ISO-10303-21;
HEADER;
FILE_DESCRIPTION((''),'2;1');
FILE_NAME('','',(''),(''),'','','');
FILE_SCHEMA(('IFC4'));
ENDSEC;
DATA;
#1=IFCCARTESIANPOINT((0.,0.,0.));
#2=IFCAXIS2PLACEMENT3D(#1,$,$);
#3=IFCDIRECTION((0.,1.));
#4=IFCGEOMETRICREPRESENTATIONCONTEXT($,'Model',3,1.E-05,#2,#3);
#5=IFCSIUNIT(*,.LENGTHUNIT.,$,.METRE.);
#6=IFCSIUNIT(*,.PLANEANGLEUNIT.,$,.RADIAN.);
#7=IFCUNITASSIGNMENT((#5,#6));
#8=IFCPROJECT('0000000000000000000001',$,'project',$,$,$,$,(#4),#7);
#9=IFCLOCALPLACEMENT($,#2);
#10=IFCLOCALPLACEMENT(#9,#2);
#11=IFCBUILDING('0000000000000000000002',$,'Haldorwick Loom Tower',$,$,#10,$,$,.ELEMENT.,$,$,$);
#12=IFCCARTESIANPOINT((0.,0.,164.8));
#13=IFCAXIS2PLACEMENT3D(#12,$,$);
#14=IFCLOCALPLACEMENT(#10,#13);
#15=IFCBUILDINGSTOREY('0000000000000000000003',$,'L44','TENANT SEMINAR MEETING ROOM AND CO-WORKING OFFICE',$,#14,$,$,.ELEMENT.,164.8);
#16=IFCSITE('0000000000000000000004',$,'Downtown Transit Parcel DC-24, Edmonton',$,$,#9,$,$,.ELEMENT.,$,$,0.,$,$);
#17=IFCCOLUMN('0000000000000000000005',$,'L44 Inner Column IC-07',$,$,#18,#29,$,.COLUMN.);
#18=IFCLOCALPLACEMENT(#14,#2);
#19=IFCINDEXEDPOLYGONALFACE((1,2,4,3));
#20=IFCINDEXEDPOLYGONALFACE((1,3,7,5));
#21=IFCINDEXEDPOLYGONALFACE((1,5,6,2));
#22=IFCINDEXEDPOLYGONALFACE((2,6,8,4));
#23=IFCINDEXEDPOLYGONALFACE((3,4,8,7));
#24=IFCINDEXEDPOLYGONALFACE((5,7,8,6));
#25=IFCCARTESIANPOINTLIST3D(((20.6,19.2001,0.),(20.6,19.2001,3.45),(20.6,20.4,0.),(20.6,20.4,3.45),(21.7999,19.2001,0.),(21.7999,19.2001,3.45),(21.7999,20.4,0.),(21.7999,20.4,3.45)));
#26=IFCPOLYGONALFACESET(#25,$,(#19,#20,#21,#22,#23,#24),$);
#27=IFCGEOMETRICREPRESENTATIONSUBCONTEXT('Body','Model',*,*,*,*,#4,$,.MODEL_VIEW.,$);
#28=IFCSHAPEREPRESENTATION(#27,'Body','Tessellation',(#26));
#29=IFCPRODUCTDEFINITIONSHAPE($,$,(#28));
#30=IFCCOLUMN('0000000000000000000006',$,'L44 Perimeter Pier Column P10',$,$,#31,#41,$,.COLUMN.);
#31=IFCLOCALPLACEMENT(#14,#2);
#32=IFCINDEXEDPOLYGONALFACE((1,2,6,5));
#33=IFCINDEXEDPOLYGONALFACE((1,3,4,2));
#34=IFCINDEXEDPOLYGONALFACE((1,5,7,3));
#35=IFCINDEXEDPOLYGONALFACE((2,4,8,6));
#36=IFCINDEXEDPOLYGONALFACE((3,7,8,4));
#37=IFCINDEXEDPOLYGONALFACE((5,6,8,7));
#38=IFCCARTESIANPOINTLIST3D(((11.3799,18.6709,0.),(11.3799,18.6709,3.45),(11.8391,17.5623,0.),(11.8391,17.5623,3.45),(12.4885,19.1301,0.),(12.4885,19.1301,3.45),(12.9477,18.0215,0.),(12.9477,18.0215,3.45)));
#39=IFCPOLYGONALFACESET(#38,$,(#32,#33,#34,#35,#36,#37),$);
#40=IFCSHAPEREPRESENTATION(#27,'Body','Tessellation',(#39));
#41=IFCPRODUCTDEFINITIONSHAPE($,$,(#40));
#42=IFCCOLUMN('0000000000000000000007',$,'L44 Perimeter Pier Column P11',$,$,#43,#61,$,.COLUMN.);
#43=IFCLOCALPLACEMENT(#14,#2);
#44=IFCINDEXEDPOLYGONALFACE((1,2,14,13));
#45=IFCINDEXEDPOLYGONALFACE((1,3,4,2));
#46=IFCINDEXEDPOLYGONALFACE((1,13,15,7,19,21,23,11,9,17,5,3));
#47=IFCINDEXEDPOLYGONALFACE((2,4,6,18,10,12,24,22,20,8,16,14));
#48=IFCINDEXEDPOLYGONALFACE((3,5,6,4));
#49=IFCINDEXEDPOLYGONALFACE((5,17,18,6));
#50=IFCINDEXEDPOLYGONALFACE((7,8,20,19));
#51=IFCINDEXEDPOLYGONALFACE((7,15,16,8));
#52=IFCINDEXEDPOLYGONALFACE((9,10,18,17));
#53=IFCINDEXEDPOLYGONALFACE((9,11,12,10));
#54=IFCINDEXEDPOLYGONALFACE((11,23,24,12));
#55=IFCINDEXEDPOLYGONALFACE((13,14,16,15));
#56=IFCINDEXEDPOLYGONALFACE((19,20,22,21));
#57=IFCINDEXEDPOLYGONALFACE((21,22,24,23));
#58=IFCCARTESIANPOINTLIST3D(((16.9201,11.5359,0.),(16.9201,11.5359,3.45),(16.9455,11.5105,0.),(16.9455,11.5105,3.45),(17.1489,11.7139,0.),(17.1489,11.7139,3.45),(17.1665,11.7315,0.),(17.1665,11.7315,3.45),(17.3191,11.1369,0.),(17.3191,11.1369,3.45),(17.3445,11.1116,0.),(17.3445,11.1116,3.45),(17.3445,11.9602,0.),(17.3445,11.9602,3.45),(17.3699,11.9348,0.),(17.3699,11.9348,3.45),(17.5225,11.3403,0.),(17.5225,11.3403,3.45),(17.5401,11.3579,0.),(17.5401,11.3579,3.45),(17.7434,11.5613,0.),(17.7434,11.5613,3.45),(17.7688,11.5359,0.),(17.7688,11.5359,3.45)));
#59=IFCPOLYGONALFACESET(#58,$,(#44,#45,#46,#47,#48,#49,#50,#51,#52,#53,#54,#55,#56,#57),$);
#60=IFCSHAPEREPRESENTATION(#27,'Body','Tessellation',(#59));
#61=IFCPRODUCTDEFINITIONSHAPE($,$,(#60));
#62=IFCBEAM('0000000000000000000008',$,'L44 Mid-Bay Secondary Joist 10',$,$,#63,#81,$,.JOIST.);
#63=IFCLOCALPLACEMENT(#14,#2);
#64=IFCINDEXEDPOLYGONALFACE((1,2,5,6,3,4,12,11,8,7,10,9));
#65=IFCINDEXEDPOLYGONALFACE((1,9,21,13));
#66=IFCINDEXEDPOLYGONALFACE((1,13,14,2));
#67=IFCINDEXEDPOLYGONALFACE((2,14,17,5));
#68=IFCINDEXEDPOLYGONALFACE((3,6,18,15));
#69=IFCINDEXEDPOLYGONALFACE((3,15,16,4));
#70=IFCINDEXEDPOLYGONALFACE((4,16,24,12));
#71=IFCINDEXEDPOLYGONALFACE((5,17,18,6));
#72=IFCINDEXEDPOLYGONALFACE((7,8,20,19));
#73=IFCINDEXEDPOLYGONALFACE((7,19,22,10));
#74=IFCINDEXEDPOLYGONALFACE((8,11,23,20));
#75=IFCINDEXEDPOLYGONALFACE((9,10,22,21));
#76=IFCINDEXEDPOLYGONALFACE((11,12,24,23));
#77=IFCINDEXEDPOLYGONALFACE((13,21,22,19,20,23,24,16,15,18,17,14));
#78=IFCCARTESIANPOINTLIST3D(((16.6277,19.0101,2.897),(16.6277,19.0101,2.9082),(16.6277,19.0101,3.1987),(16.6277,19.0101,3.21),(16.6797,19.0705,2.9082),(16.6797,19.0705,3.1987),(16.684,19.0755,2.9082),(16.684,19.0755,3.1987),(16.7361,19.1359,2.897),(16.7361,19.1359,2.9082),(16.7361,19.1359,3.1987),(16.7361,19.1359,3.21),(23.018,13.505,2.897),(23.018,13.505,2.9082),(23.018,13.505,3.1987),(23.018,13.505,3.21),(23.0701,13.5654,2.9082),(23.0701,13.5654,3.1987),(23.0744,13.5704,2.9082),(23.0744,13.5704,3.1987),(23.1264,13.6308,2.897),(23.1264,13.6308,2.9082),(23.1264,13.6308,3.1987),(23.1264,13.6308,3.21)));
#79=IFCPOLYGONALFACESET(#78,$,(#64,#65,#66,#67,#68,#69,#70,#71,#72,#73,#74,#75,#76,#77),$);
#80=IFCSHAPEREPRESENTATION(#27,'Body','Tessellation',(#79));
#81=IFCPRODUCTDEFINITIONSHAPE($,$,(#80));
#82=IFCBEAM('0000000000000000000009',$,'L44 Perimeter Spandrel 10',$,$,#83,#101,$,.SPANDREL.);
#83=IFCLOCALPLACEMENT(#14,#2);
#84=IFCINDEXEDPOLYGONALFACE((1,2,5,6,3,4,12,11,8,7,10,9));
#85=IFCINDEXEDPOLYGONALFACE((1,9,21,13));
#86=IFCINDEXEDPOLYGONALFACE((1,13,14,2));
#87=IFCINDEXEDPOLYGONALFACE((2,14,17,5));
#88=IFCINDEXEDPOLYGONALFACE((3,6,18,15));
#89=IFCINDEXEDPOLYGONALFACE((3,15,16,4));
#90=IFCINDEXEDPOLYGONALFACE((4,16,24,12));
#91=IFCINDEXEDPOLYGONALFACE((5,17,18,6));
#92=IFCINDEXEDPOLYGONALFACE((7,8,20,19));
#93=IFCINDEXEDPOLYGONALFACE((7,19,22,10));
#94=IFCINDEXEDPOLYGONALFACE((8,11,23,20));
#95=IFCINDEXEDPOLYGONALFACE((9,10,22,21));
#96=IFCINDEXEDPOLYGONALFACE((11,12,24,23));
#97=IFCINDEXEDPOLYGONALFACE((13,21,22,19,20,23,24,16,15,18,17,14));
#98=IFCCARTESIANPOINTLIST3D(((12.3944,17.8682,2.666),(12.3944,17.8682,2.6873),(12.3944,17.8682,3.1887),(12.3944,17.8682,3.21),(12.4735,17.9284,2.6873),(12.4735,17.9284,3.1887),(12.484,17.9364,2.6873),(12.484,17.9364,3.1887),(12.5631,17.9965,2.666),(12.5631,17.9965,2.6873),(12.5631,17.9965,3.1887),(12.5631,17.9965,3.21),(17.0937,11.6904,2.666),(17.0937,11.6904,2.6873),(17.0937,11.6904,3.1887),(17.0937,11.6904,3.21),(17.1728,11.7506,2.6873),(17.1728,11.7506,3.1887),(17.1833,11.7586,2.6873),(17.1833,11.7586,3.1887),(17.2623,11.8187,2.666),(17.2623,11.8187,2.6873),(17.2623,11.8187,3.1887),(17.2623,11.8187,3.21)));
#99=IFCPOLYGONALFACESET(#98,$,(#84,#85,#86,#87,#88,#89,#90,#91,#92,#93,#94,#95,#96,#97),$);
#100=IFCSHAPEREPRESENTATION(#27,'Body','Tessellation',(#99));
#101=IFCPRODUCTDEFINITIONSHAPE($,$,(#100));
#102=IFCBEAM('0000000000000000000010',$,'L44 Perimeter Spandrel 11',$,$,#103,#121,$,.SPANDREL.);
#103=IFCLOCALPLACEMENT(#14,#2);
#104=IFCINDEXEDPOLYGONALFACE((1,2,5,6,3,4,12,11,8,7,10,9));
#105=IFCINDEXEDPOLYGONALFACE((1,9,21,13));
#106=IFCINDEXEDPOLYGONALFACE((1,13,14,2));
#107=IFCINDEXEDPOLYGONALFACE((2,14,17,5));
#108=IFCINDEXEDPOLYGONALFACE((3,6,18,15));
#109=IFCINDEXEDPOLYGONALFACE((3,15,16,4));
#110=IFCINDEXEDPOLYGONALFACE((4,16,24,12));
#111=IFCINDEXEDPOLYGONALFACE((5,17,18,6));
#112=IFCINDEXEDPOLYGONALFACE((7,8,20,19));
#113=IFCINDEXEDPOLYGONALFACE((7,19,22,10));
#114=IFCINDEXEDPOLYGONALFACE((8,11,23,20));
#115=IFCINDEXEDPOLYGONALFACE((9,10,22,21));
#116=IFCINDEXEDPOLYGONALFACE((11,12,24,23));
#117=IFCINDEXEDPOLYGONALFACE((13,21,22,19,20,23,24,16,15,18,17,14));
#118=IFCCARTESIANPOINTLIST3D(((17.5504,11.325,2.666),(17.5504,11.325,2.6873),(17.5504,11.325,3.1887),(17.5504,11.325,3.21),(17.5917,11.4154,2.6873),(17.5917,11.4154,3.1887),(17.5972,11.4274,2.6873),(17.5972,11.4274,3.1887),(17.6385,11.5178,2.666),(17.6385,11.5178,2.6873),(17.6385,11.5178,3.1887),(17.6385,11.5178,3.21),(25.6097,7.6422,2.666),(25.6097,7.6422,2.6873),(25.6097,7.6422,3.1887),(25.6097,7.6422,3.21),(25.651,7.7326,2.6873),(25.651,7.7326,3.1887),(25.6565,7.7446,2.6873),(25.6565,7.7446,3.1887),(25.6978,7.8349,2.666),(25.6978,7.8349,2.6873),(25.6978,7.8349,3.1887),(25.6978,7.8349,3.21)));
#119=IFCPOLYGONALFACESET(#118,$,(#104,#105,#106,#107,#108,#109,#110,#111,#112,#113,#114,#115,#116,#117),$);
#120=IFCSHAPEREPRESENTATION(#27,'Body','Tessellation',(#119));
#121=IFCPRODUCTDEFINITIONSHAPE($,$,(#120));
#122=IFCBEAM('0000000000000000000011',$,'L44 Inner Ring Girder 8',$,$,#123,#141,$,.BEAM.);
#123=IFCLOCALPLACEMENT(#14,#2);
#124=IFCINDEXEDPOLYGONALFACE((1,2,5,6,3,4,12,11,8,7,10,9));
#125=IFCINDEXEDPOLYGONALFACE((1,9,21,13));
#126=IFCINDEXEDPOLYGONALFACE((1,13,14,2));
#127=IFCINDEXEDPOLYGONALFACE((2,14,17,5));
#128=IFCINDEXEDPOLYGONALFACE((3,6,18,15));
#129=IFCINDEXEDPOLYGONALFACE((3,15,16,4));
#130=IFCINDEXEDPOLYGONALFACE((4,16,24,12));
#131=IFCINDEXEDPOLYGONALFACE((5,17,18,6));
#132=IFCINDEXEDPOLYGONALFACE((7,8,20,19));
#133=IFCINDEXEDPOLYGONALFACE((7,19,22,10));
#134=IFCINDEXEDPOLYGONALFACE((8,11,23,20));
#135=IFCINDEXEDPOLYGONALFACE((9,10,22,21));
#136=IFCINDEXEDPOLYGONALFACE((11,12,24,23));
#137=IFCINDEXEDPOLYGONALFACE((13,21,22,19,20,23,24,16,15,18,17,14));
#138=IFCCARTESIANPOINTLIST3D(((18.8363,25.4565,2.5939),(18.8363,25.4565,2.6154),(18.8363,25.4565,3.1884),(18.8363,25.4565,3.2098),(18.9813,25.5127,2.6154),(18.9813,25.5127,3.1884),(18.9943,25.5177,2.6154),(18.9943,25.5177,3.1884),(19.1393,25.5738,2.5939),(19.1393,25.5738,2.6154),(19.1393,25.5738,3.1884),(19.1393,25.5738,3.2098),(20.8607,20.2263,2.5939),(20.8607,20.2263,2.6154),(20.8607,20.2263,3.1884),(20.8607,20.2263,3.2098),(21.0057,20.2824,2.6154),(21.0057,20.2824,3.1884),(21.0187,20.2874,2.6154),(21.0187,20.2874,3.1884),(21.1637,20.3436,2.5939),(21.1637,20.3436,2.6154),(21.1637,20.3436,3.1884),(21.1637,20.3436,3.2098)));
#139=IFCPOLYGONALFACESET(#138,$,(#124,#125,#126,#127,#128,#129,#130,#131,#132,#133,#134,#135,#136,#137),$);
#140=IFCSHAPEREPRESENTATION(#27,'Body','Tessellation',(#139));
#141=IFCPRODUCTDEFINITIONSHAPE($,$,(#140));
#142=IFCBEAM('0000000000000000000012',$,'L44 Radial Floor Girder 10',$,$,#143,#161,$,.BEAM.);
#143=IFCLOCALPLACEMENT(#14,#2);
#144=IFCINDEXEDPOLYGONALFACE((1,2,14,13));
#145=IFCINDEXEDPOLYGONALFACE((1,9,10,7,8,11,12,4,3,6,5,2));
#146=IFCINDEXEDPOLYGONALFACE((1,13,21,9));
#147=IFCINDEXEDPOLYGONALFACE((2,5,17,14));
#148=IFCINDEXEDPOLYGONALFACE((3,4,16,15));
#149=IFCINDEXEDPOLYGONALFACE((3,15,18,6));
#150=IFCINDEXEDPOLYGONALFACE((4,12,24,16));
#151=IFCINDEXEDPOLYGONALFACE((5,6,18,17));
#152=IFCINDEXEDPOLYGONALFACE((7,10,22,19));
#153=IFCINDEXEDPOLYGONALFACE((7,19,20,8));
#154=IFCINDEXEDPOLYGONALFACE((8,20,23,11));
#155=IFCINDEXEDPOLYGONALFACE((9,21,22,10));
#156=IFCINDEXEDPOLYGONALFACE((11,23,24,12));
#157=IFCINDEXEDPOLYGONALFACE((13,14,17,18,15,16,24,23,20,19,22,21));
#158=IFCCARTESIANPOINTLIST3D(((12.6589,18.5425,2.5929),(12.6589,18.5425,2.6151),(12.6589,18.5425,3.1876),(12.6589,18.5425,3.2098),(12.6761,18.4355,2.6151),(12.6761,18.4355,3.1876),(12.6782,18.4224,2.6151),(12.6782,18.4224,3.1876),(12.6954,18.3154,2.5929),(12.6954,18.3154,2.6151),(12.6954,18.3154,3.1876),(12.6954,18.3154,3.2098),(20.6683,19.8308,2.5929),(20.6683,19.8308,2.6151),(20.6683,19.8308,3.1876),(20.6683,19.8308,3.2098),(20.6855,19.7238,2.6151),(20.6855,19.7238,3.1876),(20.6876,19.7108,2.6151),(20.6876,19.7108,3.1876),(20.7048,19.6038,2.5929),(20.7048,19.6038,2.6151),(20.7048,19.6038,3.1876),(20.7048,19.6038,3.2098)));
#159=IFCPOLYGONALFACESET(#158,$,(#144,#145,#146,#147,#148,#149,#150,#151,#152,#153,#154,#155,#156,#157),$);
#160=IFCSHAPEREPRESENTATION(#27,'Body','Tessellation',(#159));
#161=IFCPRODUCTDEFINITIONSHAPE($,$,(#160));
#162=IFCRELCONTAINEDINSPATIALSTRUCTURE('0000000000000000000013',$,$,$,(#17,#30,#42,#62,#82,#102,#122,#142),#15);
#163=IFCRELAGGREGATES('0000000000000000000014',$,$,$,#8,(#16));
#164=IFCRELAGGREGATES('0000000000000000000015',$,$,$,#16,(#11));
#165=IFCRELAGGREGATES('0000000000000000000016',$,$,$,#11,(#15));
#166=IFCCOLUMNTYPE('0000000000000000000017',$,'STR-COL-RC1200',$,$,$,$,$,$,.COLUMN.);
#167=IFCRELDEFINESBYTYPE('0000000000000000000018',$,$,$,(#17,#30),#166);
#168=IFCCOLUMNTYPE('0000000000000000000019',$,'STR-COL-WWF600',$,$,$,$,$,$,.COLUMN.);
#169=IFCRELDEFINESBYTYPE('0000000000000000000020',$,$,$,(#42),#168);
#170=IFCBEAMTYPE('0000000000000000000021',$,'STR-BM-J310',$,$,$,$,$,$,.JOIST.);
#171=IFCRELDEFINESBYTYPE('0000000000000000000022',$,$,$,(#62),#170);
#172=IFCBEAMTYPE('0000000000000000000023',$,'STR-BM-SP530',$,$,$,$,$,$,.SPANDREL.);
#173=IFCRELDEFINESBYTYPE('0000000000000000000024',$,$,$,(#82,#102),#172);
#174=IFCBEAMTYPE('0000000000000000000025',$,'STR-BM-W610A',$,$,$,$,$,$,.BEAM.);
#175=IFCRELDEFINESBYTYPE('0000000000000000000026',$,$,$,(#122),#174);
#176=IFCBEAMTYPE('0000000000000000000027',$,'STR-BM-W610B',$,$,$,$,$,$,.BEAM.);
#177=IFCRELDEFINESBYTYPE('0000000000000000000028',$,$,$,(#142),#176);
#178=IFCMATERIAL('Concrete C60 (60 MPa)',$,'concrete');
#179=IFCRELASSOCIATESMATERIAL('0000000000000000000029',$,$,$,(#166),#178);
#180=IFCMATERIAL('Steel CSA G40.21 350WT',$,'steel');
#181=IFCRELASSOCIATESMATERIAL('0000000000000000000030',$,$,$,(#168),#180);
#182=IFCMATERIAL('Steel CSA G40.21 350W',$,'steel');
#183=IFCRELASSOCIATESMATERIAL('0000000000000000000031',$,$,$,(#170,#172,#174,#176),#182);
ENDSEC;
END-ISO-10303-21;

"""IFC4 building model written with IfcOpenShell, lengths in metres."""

from ifc_helpers import new_model, si_unit, direction, frame, origin, origin_2d, place, context, subcontext, project, spatial, rectangle, i_section, extrude, material, material_profile, profile_set, type_object, element, save


model = new_model("IFC4")

# Units and contexts
model_context = context("Model", 3, precision=1e-05, world=origin(), true_north=direction((0.0, 1.0)))
body_context = subcontext(model_context, "Body", "Model", "MODEL_VIEW")
ifc_project = project(units=[si_unit("LENGTHUNIT", "METRE"), si_unit("PLANEANGLEUNIT", "RADIAN")], contexts=[model_context])

# Site, building, storey
site_placement = place(None, origin())
site = spatial("IfcSite", under=ifc_project, at=site_placement, Name="Downtown Transit Parcel DC-24, Edmonton", CompositionType="ELEMENT", RefElevation=0.0)
building_placement = place(site_placement, origin())
building = spatial("IfcBuilding", under=site, at=building_placement, Name="Haldorwick Loom Tower", CompositionType="ELEMENT")
storey_placement = place(building_placement, frame((0.0, 0.0, 164.8)))
storey = spatial("IfcBuildingStorey", under=building, at=storey_placement, Name="L44", Description="TENANT SEMINAR MEETING ROOM AND CO-WORKING OFFICE", CompositionType="ELEMENT", Elevation=164.8)

# Columns
ifc_material_1 = material(Name="Concrete C60 (60 MPa)", Category="concrete")
ifc_material_profile_1 = material_profile(ifc_material_1, rectangle(XDim=1.2, YDim=1.2, at=origin_2d()), Name="RC1200X1200", Category="concrete")
ifc_profile_set_1 = profile_set([ifc_material_profile_1], Name="Concrete C60 (60 MPa)")
column_type_1 = type_object("IfcColumnType", Name="STR-COL-RC1200", PredefinedType="COLUMN", material=ifc_profile_set_1)
for number, where, z_axis, x_axis, name in (
    (1, (21.2, 19.8, 0.0), (0.0, 0.0, 1.0), (1.0, 0.0, 0.0), "L44 Inner Column IC-07"),
    (2, (12.1638, 18.3462, 0.0), (0.0, 0.0, 1.0), (-0.92388, -0.382683, 0.0), "L44 Perimeter Pier Column P10"),
):
    element("IfcColumn", number, at=place(storey_placement, frame(where, z_axis=z_axis, x_axis=x_axis)), inside=storey, type_object=column_type_1, Name=name, PredefinedType="COLUMN", context=body_context, shape_type="SweptSolid", body=[
        extrude(rectangle(XDim=1.2, YDim=1.2, at=origin_2d()), origin(), (0.0, 0.0, 1.0), 3.45),
    ])
ifc_material_2 = material(Name="Steel CSA G40.21 350WT", Category="steel")
ifc_material_profile_2 = material_profile(ifc_material_2, i_section(OverallWidth=0.6001, OverallDepth=0.6001, WebThickness=0.0249, FlangeThickness=0.0359, at=origin_2d()), Name="WWF600X600", Category="steel")
ifc_profile_set_2 = profile_set([ifc_material_profile_2], Name="Steel CSA G40.21 350WT")
column_type_2 = type_object("IfcColumnType", Name="STR-COL-WWF600", PredefinedType="COLUMN", material=ifc_profile_set_2)
column_placement = place(storey_placement, frame((17.3445, 11.5359, 0.0), z_axis=(0.0, 0.0, 1.0), x_axis=(-0.707107, -0.707107, 0.0)))
element("IfcColumn", 3, at=column_placement, inside=storey, type_object=column_type_2, Name="L44 Perimeter Pier Column P11", PredefinedType="COLUMN", context=body_context, shape_type="SweptSolid", body=[
    extrude(i_section(OverallWidth=0.6001, OverallDepth=0.6001, WebThickness=0.0249, FlangeThickness=0.0359, at=origin_2d()), origin(), (0.0, 0.0, 1.0), 3.45),
])

# Beams
ifc_material_3 = material(Name="Steel CSA G40.21 350W", Category="steel")
ifc_material_profile_3 = material_profile(ifc_material_3, i_section(OverallWidth=0.166, OverallDepth=0.313, WebThickness=0.0066, FlangeThickness=0.0112, at=origin_2d()), Name="W310X45", Category="steel")
ifc_profile_set_3 = profile_set([ifc_material_profile_3], Name="Steel CSA G40.21 350W")
beam_type_1 = type_object("IfcBeamType", Name="STR-BM-J310", PredefinedType="JOIST", material=ifc_profile_set_3)
beam_1_placement = place(storey_placement, frame((16.6819, 19.073, 3.0535), z_axis=(0.757634, -0.65268, 0.0), x_axis=(0.65268, 0.757634, 0.0)))
element("IfcBeam", 4, at=beam_1_placement, inside=storey, type_object=beam_type_1, Name="L44 Mid-Bay Secondary Joist 10", PredefinedType="JOIST", context=body_context, shape_type="SweptSolid", body=[
    extrude(i_section(OverallWidth=0.166, OverallDepth=0.313, WebThickness=0.0066, FlangeThickness=0.0112, at=origin_2d()), origin(), (0.0, 0.0, 1.0), 8.4346),
])
ifc_material_profile_4 = material_profile(ifc_material_3, i_section(OverallWidth=0.2119, OverallDepth=0.5439, WebThickness=0.0132, FlangeThickness=0.0212, at=origin_2d()), Name="W530X123", Category="steel")
ifc_profile_set_4 = profile_set([ifc_material_profile_4], Name="Steel CSA G40.21 350W")
beam_type_2 = type_object("IfcBeamType", Name="STR-BM-SP530", PredefinedType="SPANDREL", material=ifc_profile_set_4)
beam_2_placement = place(storey_placement, frame((12.4788, 17.9324, 2.938), z_axis=(0.605421, -0.795905, 0.0), x_axis=(0.795905, 0.605421, 0.0)))
element("IfcBeam", 5, at=beam_2_placement, inside=storey, type_object=beam_type_2, Name="L44 Perimeter Spandrel 10", PredefinedType="SPANDREL", context=body_context, shape_type="SweptSolid", body=[
    extrude(i_section(OverallWidth=0.2119, OverallDepth=0.5439, WebThickness=0.0132, FlangeThickness=0.0212, at=origin_2d()), origin(), (0.0, 0.0, 1.0), 7.762),
])
beam_3_placement = place(storey_placement, frame((17.5945, 11.4214, 2.938), z_axis=(0.909534, -0.415629, 0.0), x_axis=(0.415629, 0.909534, 0.0)))
element("IfcBeam", 6, at=beam_3_placement, inside=storey, type_object=beam_type_2, Name="L44 Perimeter Spandrel 11", PredefinedType="SPANDREL", context=body_context, shape_type="SweptSolid", body=[
    extrude(i_section(OverallWidth=0.2119, OverallDepth=0.5439, WebThickness=0.0132, FlangeThickness=0.0212, at=origin_2d()), origin(), (0.0, 0.0, 1.0), 8.8608),
])
ifc_material_profile_5 = material_profile(ifc_material_3, i_section(OverallWidth=0.325, OverallDepth=0.616, WebThickness=0.0139, FlangeThickness=0.0215, at=origin_2d()), Name="W610X174", Category="steel")
ifc_profile_set_5 = profile_set([ifc_material_profile_5], Name="Steel CSA G40.21 350W")
beam_type_3 = type_object("IfcBeamType", Name="STR-BM-W610A", PredefinedType="BEAM", material=ifc_profile_set_5)
beam_4_placement = place(storey_placement, frame((21.0122, 20.2849, 2.9019), z_axis=(-0.360965, 0.932579, 0.0), x_axis=(-0.932579, -0.360965, 0.0)))
element("IfcBeam", 7, at=beam_4_placement, inside=storey, type_object=beam_type_3, Name="L44 Inner Ring Girder 8", PredefinedType="BEAM", context=body_context, shape_type="SweptSolid", body=[
    extrude(i_section(OverallWidth=0.325, OverallDepth=0.616, WebThickness=0.0139, FlangeThickness=0.0215, at=origin_2d()), origin(), (0.0, 0.0, 1.0), 5.6084),
])
ifc_material_profile_6 = material_profile(ifc_material_3, i_section(OverallWidth=0.23, OverallDepth=0.6169, WebThickness=0.0132, FlangeThickness=0.0222, at=origin_2d()), Name="W610X140", Category="steel")
ifc_profile_set_6 = profile_set([ifc_material_profile_6], Name="Steel CSA G40.21 350W")
beam_type_4 = type_object("IfcBeamType", Name="STR-BM-W610B", PredefinedType="BEAM", material=ifc_profile_set_6)
beam_5_placement = place(storey_placement, frame((20.6865, 19.7173, 2.9014), z_axis=(-0.987309, -0.158813, 0.0), x_axis=(0.158813, -0.987309, 0.0)))
element("IfcBeam", 8, at=beam_5_placement, inside=storey, type_object=beam_type_4, Name="L44 Radial Floor Girder 10", PredefinedType="BEAM", context=body_context, shape_type="SweptSolid", body=[
    extrude(i_section(OverallWidth=0.23, OverallDepth=0.6169, WebThickness=0.0132, FlangeThickness=0.0222, at=origin_2d()), origin(), (0.0, 0.0, 1.0), 8.1123),
])

save(model, "model.ifc")
